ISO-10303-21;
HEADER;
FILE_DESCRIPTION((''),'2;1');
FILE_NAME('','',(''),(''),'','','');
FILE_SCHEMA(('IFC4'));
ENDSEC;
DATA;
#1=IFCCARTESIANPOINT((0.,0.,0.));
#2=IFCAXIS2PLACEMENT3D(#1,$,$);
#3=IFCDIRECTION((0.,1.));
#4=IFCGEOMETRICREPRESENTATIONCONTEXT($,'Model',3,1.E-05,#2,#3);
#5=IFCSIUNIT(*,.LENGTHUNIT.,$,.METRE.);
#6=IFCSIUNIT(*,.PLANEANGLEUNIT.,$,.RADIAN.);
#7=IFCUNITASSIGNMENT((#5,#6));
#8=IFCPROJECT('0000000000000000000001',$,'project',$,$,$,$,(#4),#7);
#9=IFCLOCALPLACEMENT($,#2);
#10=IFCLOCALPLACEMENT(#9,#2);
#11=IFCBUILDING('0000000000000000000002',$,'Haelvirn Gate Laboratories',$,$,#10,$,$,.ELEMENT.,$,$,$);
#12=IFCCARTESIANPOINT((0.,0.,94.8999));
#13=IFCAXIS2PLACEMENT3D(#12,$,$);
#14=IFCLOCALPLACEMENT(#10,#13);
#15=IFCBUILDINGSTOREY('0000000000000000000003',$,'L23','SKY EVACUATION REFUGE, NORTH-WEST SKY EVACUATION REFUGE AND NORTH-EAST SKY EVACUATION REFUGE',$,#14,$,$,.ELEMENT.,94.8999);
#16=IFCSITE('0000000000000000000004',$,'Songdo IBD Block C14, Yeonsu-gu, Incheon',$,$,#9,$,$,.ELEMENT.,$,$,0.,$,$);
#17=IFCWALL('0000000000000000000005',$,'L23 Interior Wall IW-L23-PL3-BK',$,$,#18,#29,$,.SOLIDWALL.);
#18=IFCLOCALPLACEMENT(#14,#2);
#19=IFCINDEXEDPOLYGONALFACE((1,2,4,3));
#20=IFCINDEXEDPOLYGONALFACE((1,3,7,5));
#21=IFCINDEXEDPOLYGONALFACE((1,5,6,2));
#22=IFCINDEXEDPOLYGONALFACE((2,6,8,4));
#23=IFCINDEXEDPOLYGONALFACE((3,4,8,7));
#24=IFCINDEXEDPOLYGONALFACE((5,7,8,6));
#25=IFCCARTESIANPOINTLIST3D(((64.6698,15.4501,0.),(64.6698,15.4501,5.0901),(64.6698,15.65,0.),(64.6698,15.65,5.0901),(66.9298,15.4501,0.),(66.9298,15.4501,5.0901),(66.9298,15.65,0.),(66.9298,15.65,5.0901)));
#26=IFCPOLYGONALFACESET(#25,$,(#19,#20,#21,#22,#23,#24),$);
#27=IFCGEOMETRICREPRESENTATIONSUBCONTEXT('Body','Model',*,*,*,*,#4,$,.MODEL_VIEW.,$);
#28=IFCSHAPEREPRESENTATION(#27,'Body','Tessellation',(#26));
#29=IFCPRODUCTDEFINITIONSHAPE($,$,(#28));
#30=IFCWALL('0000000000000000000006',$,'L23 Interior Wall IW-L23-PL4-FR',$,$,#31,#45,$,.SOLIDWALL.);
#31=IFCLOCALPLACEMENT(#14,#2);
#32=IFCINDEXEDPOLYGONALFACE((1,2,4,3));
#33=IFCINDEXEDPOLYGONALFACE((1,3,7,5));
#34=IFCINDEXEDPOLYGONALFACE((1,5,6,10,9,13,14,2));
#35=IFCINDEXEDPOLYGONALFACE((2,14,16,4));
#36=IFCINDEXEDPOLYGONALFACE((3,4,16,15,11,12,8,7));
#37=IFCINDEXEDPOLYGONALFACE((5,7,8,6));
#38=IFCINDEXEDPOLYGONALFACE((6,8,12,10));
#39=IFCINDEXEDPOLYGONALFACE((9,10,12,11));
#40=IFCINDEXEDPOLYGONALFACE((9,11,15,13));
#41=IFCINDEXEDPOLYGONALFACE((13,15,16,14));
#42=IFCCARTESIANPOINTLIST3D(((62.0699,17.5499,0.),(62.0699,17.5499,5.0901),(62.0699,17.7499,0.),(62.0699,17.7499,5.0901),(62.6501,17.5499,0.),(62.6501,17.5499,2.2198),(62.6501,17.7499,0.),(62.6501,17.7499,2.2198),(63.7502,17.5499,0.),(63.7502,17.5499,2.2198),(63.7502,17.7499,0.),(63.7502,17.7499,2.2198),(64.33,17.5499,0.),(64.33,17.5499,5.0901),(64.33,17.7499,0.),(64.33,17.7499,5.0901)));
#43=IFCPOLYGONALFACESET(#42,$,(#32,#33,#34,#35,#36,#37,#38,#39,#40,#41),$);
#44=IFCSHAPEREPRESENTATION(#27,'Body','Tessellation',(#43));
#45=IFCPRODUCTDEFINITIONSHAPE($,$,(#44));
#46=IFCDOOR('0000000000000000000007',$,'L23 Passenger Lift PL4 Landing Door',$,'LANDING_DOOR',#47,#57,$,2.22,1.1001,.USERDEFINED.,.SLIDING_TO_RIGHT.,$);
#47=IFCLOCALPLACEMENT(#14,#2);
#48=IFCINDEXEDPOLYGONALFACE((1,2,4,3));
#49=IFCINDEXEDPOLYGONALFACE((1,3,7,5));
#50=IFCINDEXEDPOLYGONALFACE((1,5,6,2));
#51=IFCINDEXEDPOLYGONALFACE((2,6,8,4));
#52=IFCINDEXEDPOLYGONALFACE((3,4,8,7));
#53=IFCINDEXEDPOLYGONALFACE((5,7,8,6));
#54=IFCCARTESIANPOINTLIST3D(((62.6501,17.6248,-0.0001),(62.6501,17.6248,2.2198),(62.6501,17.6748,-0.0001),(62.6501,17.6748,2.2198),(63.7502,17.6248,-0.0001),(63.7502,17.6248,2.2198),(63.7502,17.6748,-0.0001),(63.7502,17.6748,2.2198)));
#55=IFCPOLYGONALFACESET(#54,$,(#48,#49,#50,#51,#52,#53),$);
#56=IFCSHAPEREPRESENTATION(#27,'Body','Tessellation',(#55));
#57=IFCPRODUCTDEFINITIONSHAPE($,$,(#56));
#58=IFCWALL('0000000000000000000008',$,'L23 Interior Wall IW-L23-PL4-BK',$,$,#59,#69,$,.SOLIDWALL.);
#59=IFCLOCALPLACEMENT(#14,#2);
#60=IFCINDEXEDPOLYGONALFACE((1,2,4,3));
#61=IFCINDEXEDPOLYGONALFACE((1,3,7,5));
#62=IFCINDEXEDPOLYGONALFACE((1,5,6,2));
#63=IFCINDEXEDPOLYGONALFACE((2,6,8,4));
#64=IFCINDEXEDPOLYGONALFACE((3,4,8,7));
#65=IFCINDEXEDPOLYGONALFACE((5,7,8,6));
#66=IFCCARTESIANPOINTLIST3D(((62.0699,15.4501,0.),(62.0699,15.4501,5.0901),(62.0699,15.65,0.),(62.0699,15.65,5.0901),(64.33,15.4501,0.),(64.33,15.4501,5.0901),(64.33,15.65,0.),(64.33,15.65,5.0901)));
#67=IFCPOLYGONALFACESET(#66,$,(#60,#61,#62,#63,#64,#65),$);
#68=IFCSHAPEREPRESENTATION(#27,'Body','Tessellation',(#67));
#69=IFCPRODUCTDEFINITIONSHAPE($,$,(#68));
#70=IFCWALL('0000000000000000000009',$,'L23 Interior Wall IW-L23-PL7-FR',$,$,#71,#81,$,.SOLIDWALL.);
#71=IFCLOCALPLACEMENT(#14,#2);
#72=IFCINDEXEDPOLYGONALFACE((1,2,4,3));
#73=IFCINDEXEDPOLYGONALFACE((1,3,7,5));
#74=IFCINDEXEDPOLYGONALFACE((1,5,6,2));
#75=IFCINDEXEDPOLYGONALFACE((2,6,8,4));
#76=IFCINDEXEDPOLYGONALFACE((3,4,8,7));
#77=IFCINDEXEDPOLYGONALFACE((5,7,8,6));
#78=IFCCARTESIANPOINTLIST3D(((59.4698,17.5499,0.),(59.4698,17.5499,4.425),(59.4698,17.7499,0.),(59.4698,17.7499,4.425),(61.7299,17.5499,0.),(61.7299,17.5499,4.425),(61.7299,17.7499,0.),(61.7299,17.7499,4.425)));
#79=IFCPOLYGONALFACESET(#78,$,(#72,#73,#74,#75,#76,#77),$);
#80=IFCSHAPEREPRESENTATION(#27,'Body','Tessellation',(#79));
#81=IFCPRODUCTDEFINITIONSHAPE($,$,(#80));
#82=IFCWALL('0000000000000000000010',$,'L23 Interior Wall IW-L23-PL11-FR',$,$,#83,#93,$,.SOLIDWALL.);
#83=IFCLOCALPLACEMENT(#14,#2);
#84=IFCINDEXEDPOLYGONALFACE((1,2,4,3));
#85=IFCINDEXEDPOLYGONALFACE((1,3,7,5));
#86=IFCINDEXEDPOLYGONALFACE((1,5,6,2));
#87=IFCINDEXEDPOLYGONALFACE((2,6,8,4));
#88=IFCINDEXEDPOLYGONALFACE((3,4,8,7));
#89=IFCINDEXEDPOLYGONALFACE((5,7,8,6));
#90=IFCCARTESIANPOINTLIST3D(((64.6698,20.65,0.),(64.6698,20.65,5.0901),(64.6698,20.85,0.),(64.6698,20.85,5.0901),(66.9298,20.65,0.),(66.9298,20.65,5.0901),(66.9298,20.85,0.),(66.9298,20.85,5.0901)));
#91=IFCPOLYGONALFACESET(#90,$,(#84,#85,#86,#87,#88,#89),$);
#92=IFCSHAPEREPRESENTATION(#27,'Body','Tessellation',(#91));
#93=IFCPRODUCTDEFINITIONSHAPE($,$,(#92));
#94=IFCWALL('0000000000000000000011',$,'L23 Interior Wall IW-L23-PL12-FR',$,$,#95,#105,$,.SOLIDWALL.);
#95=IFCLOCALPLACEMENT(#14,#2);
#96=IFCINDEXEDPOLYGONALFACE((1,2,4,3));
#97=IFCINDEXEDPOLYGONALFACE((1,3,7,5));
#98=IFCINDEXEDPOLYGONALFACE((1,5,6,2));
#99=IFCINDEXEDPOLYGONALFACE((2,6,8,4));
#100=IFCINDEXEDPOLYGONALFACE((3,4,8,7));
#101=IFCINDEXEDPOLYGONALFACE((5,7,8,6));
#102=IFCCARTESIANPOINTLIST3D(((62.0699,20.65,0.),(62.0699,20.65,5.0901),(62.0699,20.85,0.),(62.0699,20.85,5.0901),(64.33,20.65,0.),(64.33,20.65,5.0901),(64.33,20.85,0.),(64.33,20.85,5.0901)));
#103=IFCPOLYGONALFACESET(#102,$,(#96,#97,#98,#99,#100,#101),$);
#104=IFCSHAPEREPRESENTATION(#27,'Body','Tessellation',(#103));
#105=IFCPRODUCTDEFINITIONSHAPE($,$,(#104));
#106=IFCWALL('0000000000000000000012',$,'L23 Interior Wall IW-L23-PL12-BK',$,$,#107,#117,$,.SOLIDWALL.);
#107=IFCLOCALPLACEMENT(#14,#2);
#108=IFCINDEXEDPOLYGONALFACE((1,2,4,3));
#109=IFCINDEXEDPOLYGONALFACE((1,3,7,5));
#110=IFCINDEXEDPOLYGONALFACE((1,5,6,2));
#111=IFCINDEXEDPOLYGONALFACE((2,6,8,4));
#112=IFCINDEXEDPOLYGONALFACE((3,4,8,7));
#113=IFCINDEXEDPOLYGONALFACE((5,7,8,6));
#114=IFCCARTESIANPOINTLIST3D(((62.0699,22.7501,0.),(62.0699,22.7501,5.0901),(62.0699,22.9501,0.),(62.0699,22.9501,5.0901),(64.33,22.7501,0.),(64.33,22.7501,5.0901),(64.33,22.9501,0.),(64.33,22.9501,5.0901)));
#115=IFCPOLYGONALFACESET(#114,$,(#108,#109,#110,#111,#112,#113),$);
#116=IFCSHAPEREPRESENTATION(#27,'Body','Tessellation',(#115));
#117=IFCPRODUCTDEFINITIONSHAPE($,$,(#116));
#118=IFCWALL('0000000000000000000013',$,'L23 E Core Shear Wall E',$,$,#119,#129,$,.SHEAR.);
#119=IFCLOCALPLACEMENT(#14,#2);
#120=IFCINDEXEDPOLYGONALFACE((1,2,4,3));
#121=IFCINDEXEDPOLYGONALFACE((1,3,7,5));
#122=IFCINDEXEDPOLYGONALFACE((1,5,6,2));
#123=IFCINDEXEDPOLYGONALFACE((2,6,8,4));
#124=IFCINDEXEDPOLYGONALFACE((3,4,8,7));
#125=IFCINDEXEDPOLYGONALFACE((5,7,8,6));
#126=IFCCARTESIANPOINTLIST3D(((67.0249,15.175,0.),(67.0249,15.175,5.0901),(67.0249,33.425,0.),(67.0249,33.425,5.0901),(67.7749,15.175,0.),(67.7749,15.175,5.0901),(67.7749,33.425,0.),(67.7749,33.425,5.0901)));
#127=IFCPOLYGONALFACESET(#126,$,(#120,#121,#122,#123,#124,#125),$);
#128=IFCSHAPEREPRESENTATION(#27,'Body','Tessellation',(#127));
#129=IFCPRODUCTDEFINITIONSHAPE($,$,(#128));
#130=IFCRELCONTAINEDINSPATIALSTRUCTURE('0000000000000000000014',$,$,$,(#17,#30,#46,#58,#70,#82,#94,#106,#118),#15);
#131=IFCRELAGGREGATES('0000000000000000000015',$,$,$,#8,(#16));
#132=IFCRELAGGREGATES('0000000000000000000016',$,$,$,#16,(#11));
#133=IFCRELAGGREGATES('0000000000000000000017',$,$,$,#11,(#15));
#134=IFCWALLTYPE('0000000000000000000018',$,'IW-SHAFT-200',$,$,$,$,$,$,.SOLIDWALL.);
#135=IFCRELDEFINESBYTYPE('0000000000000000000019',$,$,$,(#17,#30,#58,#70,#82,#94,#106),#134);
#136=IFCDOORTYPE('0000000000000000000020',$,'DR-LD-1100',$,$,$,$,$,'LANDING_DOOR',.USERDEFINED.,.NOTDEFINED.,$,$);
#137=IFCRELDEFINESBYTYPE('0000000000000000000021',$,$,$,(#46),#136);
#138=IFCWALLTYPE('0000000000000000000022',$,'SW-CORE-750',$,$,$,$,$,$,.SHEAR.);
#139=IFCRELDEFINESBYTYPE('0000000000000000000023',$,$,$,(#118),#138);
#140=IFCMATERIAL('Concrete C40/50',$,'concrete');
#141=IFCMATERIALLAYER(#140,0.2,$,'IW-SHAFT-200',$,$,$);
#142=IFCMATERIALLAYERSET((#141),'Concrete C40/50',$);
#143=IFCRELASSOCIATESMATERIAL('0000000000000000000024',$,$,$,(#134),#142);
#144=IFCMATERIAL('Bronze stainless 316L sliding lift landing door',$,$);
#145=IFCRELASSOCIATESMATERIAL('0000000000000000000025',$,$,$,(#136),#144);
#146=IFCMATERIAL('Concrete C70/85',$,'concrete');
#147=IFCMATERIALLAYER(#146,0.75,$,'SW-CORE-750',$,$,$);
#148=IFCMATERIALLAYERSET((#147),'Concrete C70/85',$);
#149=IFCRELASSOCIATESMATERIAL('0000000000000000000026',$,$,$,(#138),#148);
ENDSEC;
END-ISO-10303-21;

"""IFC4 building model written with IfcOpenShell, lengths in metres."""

from ifc_helpers import new_model, si_unit, direction, frame, frame_2d, origin, place, context, subcontext, project, spatial, rectangle, extrude, source, transform, mapped, material, layer, layer_set, type_object, type_shapes, element, fill, save


model = new_model("IFC4")

# Units and contexts
model_context = context("Model", 3, precision=1e-05, world=origin(), true_north=direction((0.0, 1.0)))
body_context = subcontext(model_context, "Body", "Model", "MODEL_VIEW")
ifc_project = project(units=[si_unit("LENGTHUNIT", "METRE"), si_unit("PLANEANGLEUNIT", "RADIAN")], contexts=[model_context])

# Site, building, storey
site_placement = place(None, origin())
site = spatial("IfcSite", under=ifc_project, at=site_placement, Name="Songdo IBD Block C14, Yeonsu-gu, Incheon", CompositionType="ELEMENT", RefElevation=0.0)
building_placement = place(site_placement, origin())
building = spatial("IfcBuilding", under=site, at=building_placement, Name="Haelvirn Gate Laboratories", CompositionType="ELEMENT")
storey_placement = place(building_placement, frame((0.0, 0.0, 94.8999)))
storey = spatial("IfcBuildingStorey", under=building, at=storey_placement, Name="L23", Description="SKY EVACUATION REFUGE, NORTH-WEST SKY EVACUATION REFUGE AND NORTH-EAST SKY EVACUATION REFUGE", CompositionType="ELEMENT", Elevation=94.8999)

# Shared definitions
ifc_material_1 = material(Name="Concrete C70/85", Category="concrete")

# Shared definitions
ifc_material_2 = material(Name="Concrete C40/50", Category="concrete")

# Shared definitions
ifc_layer_1 = layer(ifc_material_2, 0.2, Name="IW-SHAFT-200")
ifc_layer_set_1 = layer_set([ifc_layer_1], Name="Concrete C40/50")
wall_type_1 = type_object("IfcWallType", Name="IW-SHAFT-200", PredefinedType="SOLIDWALL", material=ifc_layer_set_1)
ifc_material_3 = material(Name="Bronze stainless 316L sliding lift landing door")
door_type = type_object("IfcDoorType", Name="DR-LD-1100", ElementType="LANDING_DOOR", OperationType="NOTDEFINED", PredefinedType="USERDEFINED", material=ifc_material_3)
shared_shape_1 = source(origin(), body_context, "Body", "SweptSolid", [
    extrude(rectangle(XDim=1.1001, YDim=2.22, at=frame_2d((0.55, 1.1099))), frame((0.0, 0.0249, 0.0), z_axis=(0.0, -1.0, 0.0), x_axis=(1.0, 0.0, 0.0)), (0.0, 0.0, 1.0), 0.05),
])
type_shapes(door_type, [shared_shape_1])

# Wall
wall_1_placement = place(storey_placement, frame((64.6699, 15.55, 0.0), z_axis=(0.0, 0.0, 1.0), x_axis=(1.0, 0.0, 0.0)))
element("IfcWall", 1, at=wall_1_placement, inside=storey, type_object=wall_type_1, Name="L23 Interior Wall IW-L23-PL3-BK", PredefinedType="SOLIDWALL", context=body_context, shape_type="SweptSolid", body=[
    extrude(rectangle(XDim=2.26, YDim=0.2, at=frame_2d((1.1299, 0.0))), origin(), (0.0, 0.0, 1.0), 5.0901),
])

# Wall, opening, door
wall_2_placement = place(storey_placement, frame((62.0701, 17.6499, 0.0), z_axis=(0.0, 0.0, 1.0), x_axis=(1.0, 0.0, 0.0)))
wall_2 = element("IfcWall", 2, at=wall_2_placement, inside=storey, type_object=wall_type_1, Name="L23 Interior Wall IW-L23-PL4-FR", PredefinedType="SOLIDWALL", context=body_context, shape_type="SweptSolid", body=[
    extrude(rectangle(XDim=2.26, YDim=0.2, at=frame_2d((1.1299, 0.0))), origin(), (0.0, 0.0, 1.0), 5.0901),
])
opening_1_placement = place(wall_2_placement, frame((0.5801, 0.0, 0.0)))
opening_1 = element("IfcOpeningElement", 3, at=opening_1_placement, cuts=wall_2, PredefinedType="OPENING", context=body_context, shape_type="SweptSolid", body=[
    extrude(rectangle(XDim=1.1001, YDim=2.22, at=frame_2d((0.55, 1.1099))), frame((0.0, 0.1099, 0.0), z_axis=(0.0, -1.0, 0.0), x_axis=(1.0, 0.0, 0.0)), (0.0, 0.0, 1.0), 0.22),
])
door_1_placement = place(opening_1_placement, origin())
door_1 = element("IfcDoor", 4, at=door_1_placement, inside=storey, type_object=door_type, Name="L23 Passenger Lift PL4 Landing Door", ObjectType="LANDING_DOOR", OperationType="SLIDING_TO_RIGHT", OverallHeight=2.22, OverallWidth=1.1001, PredefinedType="USERDEFINED", context=body_context, shape_type="MappedRepresentation", body=[
    mapped(shared_shape_1, transform((0.0, 0.0, 0.0), scale=1.0)),
])
fill(opening_1, door_1)

# Walls
wall_3_placement = place(storey_placement, frame((62.0701, 15.55, 0.0), z_axis=(0.0, 0.0, 1.0), x_axis=(1.0, 0.0, 0.0)))
element("IfcWall", 5, at=wall_3_placement, inside=storey, type_object=wall_type_1, Name="L23 Interior Wall IW-L23-PL4-BK", PredefinedType="SOLIDWALL", context=body_context, shape_type="SweptSolid", body=[
    extrude(rectangle(XDim=2.26, YDim=0.2, at=frame_2d((1.1299, 0.0))), origin(), (0.0, 0.0, 1.0), 5.0901),
])
wall_4_placement = place(storey_placement, frame((59.47, 17.6499, 0.0), z_axis=(0.0, 0.0, 1.0), x_axis=(1.0, 0.0, 0.0)))
element("IfcWall", 6, at=wall_4_placement, inside=storey, type_object=wall_type_1, Name="L23 Interior Wall IW-L23-PL7-FR", PredefinedType="SOLIDWALL", context=body_context, shape_type="SweptSolid", body=[
    extrude(rectangle(XDim=2.26, YDim=0.2, at=frame_2d((1.1299, 0.0))), origin(), (0.0, 0.0, 1.0), 4.425),
])
for number, where, z_axis, x_axis, name in (
    (7, (64.6699, 20.75, 0.0), (0.0, 0.0, 1.0), (1.0, 0.0, 0.0), "L23 Interior Wall IW-L23-PL11-FR"),
    (8, (62.0701, 20.75, 0.0), (0.0, 0.0, 1.0), (1.0, 0.0, 0.0), "L23 Interior Wall IW-L23-PL12-FR"),
    (9, (62.0701, 22.8501, 0.0), (0.0, 0.0, 1.0), (1.0, 0.0, 0.0), "L23 Interior Wall IW-L23-PL12-BK"),
):
    element("IfcWall", number, at=place(storey_placement, frame(where, z_axis=z_axis, x_axis=x_axis)), inside=storey, type_object=wall_type_1, Name=name, PredefinedType="SOLIDWALL", context=body_context, shape_type="SweptSolid", body=[
        extrude(rectangle(XDim=2.26, YDim=0.2, at=frame_2d((1.1299, 0.0))), origin(), (0.0, 0.0, 1.0), 5.0901),
    ])
ifc_layer_2 = layer(ifc_material_1, 0.75, Name="SW-CORE-750")
ifc_layer_set_2 = layer_set([ifc_layer_2], Name="Concrete C70/85")
wall_type_2 = type_object("IfcWallType", Name="SW-CORE-750", PredefinedType="SHEAR", material=ifc_layer_set_2)
wall_5_placement = place(storey_placement, frame((67.3999, 15.175, 0.0), z_axis=(0.0, 0.0, 1.0), x_axis=(0.0, 1.0, 0.0)))
element("IfcWall", 10, at=wall_5_placement, inside=storey, type_object=wall_type_2, Name="L23 E Core Shear Wall E", PredefinedType="SHEAR", context=body_context, shape_type="SweptSolid", body=[
    extrude(rectangle(XDim=18.25, YDim=0.75, at=frame_2d((9.125, 0.0))), origin(), (0.0, 0.0, 1.0), 5.0901),
])

save(model, "model.ifc")
